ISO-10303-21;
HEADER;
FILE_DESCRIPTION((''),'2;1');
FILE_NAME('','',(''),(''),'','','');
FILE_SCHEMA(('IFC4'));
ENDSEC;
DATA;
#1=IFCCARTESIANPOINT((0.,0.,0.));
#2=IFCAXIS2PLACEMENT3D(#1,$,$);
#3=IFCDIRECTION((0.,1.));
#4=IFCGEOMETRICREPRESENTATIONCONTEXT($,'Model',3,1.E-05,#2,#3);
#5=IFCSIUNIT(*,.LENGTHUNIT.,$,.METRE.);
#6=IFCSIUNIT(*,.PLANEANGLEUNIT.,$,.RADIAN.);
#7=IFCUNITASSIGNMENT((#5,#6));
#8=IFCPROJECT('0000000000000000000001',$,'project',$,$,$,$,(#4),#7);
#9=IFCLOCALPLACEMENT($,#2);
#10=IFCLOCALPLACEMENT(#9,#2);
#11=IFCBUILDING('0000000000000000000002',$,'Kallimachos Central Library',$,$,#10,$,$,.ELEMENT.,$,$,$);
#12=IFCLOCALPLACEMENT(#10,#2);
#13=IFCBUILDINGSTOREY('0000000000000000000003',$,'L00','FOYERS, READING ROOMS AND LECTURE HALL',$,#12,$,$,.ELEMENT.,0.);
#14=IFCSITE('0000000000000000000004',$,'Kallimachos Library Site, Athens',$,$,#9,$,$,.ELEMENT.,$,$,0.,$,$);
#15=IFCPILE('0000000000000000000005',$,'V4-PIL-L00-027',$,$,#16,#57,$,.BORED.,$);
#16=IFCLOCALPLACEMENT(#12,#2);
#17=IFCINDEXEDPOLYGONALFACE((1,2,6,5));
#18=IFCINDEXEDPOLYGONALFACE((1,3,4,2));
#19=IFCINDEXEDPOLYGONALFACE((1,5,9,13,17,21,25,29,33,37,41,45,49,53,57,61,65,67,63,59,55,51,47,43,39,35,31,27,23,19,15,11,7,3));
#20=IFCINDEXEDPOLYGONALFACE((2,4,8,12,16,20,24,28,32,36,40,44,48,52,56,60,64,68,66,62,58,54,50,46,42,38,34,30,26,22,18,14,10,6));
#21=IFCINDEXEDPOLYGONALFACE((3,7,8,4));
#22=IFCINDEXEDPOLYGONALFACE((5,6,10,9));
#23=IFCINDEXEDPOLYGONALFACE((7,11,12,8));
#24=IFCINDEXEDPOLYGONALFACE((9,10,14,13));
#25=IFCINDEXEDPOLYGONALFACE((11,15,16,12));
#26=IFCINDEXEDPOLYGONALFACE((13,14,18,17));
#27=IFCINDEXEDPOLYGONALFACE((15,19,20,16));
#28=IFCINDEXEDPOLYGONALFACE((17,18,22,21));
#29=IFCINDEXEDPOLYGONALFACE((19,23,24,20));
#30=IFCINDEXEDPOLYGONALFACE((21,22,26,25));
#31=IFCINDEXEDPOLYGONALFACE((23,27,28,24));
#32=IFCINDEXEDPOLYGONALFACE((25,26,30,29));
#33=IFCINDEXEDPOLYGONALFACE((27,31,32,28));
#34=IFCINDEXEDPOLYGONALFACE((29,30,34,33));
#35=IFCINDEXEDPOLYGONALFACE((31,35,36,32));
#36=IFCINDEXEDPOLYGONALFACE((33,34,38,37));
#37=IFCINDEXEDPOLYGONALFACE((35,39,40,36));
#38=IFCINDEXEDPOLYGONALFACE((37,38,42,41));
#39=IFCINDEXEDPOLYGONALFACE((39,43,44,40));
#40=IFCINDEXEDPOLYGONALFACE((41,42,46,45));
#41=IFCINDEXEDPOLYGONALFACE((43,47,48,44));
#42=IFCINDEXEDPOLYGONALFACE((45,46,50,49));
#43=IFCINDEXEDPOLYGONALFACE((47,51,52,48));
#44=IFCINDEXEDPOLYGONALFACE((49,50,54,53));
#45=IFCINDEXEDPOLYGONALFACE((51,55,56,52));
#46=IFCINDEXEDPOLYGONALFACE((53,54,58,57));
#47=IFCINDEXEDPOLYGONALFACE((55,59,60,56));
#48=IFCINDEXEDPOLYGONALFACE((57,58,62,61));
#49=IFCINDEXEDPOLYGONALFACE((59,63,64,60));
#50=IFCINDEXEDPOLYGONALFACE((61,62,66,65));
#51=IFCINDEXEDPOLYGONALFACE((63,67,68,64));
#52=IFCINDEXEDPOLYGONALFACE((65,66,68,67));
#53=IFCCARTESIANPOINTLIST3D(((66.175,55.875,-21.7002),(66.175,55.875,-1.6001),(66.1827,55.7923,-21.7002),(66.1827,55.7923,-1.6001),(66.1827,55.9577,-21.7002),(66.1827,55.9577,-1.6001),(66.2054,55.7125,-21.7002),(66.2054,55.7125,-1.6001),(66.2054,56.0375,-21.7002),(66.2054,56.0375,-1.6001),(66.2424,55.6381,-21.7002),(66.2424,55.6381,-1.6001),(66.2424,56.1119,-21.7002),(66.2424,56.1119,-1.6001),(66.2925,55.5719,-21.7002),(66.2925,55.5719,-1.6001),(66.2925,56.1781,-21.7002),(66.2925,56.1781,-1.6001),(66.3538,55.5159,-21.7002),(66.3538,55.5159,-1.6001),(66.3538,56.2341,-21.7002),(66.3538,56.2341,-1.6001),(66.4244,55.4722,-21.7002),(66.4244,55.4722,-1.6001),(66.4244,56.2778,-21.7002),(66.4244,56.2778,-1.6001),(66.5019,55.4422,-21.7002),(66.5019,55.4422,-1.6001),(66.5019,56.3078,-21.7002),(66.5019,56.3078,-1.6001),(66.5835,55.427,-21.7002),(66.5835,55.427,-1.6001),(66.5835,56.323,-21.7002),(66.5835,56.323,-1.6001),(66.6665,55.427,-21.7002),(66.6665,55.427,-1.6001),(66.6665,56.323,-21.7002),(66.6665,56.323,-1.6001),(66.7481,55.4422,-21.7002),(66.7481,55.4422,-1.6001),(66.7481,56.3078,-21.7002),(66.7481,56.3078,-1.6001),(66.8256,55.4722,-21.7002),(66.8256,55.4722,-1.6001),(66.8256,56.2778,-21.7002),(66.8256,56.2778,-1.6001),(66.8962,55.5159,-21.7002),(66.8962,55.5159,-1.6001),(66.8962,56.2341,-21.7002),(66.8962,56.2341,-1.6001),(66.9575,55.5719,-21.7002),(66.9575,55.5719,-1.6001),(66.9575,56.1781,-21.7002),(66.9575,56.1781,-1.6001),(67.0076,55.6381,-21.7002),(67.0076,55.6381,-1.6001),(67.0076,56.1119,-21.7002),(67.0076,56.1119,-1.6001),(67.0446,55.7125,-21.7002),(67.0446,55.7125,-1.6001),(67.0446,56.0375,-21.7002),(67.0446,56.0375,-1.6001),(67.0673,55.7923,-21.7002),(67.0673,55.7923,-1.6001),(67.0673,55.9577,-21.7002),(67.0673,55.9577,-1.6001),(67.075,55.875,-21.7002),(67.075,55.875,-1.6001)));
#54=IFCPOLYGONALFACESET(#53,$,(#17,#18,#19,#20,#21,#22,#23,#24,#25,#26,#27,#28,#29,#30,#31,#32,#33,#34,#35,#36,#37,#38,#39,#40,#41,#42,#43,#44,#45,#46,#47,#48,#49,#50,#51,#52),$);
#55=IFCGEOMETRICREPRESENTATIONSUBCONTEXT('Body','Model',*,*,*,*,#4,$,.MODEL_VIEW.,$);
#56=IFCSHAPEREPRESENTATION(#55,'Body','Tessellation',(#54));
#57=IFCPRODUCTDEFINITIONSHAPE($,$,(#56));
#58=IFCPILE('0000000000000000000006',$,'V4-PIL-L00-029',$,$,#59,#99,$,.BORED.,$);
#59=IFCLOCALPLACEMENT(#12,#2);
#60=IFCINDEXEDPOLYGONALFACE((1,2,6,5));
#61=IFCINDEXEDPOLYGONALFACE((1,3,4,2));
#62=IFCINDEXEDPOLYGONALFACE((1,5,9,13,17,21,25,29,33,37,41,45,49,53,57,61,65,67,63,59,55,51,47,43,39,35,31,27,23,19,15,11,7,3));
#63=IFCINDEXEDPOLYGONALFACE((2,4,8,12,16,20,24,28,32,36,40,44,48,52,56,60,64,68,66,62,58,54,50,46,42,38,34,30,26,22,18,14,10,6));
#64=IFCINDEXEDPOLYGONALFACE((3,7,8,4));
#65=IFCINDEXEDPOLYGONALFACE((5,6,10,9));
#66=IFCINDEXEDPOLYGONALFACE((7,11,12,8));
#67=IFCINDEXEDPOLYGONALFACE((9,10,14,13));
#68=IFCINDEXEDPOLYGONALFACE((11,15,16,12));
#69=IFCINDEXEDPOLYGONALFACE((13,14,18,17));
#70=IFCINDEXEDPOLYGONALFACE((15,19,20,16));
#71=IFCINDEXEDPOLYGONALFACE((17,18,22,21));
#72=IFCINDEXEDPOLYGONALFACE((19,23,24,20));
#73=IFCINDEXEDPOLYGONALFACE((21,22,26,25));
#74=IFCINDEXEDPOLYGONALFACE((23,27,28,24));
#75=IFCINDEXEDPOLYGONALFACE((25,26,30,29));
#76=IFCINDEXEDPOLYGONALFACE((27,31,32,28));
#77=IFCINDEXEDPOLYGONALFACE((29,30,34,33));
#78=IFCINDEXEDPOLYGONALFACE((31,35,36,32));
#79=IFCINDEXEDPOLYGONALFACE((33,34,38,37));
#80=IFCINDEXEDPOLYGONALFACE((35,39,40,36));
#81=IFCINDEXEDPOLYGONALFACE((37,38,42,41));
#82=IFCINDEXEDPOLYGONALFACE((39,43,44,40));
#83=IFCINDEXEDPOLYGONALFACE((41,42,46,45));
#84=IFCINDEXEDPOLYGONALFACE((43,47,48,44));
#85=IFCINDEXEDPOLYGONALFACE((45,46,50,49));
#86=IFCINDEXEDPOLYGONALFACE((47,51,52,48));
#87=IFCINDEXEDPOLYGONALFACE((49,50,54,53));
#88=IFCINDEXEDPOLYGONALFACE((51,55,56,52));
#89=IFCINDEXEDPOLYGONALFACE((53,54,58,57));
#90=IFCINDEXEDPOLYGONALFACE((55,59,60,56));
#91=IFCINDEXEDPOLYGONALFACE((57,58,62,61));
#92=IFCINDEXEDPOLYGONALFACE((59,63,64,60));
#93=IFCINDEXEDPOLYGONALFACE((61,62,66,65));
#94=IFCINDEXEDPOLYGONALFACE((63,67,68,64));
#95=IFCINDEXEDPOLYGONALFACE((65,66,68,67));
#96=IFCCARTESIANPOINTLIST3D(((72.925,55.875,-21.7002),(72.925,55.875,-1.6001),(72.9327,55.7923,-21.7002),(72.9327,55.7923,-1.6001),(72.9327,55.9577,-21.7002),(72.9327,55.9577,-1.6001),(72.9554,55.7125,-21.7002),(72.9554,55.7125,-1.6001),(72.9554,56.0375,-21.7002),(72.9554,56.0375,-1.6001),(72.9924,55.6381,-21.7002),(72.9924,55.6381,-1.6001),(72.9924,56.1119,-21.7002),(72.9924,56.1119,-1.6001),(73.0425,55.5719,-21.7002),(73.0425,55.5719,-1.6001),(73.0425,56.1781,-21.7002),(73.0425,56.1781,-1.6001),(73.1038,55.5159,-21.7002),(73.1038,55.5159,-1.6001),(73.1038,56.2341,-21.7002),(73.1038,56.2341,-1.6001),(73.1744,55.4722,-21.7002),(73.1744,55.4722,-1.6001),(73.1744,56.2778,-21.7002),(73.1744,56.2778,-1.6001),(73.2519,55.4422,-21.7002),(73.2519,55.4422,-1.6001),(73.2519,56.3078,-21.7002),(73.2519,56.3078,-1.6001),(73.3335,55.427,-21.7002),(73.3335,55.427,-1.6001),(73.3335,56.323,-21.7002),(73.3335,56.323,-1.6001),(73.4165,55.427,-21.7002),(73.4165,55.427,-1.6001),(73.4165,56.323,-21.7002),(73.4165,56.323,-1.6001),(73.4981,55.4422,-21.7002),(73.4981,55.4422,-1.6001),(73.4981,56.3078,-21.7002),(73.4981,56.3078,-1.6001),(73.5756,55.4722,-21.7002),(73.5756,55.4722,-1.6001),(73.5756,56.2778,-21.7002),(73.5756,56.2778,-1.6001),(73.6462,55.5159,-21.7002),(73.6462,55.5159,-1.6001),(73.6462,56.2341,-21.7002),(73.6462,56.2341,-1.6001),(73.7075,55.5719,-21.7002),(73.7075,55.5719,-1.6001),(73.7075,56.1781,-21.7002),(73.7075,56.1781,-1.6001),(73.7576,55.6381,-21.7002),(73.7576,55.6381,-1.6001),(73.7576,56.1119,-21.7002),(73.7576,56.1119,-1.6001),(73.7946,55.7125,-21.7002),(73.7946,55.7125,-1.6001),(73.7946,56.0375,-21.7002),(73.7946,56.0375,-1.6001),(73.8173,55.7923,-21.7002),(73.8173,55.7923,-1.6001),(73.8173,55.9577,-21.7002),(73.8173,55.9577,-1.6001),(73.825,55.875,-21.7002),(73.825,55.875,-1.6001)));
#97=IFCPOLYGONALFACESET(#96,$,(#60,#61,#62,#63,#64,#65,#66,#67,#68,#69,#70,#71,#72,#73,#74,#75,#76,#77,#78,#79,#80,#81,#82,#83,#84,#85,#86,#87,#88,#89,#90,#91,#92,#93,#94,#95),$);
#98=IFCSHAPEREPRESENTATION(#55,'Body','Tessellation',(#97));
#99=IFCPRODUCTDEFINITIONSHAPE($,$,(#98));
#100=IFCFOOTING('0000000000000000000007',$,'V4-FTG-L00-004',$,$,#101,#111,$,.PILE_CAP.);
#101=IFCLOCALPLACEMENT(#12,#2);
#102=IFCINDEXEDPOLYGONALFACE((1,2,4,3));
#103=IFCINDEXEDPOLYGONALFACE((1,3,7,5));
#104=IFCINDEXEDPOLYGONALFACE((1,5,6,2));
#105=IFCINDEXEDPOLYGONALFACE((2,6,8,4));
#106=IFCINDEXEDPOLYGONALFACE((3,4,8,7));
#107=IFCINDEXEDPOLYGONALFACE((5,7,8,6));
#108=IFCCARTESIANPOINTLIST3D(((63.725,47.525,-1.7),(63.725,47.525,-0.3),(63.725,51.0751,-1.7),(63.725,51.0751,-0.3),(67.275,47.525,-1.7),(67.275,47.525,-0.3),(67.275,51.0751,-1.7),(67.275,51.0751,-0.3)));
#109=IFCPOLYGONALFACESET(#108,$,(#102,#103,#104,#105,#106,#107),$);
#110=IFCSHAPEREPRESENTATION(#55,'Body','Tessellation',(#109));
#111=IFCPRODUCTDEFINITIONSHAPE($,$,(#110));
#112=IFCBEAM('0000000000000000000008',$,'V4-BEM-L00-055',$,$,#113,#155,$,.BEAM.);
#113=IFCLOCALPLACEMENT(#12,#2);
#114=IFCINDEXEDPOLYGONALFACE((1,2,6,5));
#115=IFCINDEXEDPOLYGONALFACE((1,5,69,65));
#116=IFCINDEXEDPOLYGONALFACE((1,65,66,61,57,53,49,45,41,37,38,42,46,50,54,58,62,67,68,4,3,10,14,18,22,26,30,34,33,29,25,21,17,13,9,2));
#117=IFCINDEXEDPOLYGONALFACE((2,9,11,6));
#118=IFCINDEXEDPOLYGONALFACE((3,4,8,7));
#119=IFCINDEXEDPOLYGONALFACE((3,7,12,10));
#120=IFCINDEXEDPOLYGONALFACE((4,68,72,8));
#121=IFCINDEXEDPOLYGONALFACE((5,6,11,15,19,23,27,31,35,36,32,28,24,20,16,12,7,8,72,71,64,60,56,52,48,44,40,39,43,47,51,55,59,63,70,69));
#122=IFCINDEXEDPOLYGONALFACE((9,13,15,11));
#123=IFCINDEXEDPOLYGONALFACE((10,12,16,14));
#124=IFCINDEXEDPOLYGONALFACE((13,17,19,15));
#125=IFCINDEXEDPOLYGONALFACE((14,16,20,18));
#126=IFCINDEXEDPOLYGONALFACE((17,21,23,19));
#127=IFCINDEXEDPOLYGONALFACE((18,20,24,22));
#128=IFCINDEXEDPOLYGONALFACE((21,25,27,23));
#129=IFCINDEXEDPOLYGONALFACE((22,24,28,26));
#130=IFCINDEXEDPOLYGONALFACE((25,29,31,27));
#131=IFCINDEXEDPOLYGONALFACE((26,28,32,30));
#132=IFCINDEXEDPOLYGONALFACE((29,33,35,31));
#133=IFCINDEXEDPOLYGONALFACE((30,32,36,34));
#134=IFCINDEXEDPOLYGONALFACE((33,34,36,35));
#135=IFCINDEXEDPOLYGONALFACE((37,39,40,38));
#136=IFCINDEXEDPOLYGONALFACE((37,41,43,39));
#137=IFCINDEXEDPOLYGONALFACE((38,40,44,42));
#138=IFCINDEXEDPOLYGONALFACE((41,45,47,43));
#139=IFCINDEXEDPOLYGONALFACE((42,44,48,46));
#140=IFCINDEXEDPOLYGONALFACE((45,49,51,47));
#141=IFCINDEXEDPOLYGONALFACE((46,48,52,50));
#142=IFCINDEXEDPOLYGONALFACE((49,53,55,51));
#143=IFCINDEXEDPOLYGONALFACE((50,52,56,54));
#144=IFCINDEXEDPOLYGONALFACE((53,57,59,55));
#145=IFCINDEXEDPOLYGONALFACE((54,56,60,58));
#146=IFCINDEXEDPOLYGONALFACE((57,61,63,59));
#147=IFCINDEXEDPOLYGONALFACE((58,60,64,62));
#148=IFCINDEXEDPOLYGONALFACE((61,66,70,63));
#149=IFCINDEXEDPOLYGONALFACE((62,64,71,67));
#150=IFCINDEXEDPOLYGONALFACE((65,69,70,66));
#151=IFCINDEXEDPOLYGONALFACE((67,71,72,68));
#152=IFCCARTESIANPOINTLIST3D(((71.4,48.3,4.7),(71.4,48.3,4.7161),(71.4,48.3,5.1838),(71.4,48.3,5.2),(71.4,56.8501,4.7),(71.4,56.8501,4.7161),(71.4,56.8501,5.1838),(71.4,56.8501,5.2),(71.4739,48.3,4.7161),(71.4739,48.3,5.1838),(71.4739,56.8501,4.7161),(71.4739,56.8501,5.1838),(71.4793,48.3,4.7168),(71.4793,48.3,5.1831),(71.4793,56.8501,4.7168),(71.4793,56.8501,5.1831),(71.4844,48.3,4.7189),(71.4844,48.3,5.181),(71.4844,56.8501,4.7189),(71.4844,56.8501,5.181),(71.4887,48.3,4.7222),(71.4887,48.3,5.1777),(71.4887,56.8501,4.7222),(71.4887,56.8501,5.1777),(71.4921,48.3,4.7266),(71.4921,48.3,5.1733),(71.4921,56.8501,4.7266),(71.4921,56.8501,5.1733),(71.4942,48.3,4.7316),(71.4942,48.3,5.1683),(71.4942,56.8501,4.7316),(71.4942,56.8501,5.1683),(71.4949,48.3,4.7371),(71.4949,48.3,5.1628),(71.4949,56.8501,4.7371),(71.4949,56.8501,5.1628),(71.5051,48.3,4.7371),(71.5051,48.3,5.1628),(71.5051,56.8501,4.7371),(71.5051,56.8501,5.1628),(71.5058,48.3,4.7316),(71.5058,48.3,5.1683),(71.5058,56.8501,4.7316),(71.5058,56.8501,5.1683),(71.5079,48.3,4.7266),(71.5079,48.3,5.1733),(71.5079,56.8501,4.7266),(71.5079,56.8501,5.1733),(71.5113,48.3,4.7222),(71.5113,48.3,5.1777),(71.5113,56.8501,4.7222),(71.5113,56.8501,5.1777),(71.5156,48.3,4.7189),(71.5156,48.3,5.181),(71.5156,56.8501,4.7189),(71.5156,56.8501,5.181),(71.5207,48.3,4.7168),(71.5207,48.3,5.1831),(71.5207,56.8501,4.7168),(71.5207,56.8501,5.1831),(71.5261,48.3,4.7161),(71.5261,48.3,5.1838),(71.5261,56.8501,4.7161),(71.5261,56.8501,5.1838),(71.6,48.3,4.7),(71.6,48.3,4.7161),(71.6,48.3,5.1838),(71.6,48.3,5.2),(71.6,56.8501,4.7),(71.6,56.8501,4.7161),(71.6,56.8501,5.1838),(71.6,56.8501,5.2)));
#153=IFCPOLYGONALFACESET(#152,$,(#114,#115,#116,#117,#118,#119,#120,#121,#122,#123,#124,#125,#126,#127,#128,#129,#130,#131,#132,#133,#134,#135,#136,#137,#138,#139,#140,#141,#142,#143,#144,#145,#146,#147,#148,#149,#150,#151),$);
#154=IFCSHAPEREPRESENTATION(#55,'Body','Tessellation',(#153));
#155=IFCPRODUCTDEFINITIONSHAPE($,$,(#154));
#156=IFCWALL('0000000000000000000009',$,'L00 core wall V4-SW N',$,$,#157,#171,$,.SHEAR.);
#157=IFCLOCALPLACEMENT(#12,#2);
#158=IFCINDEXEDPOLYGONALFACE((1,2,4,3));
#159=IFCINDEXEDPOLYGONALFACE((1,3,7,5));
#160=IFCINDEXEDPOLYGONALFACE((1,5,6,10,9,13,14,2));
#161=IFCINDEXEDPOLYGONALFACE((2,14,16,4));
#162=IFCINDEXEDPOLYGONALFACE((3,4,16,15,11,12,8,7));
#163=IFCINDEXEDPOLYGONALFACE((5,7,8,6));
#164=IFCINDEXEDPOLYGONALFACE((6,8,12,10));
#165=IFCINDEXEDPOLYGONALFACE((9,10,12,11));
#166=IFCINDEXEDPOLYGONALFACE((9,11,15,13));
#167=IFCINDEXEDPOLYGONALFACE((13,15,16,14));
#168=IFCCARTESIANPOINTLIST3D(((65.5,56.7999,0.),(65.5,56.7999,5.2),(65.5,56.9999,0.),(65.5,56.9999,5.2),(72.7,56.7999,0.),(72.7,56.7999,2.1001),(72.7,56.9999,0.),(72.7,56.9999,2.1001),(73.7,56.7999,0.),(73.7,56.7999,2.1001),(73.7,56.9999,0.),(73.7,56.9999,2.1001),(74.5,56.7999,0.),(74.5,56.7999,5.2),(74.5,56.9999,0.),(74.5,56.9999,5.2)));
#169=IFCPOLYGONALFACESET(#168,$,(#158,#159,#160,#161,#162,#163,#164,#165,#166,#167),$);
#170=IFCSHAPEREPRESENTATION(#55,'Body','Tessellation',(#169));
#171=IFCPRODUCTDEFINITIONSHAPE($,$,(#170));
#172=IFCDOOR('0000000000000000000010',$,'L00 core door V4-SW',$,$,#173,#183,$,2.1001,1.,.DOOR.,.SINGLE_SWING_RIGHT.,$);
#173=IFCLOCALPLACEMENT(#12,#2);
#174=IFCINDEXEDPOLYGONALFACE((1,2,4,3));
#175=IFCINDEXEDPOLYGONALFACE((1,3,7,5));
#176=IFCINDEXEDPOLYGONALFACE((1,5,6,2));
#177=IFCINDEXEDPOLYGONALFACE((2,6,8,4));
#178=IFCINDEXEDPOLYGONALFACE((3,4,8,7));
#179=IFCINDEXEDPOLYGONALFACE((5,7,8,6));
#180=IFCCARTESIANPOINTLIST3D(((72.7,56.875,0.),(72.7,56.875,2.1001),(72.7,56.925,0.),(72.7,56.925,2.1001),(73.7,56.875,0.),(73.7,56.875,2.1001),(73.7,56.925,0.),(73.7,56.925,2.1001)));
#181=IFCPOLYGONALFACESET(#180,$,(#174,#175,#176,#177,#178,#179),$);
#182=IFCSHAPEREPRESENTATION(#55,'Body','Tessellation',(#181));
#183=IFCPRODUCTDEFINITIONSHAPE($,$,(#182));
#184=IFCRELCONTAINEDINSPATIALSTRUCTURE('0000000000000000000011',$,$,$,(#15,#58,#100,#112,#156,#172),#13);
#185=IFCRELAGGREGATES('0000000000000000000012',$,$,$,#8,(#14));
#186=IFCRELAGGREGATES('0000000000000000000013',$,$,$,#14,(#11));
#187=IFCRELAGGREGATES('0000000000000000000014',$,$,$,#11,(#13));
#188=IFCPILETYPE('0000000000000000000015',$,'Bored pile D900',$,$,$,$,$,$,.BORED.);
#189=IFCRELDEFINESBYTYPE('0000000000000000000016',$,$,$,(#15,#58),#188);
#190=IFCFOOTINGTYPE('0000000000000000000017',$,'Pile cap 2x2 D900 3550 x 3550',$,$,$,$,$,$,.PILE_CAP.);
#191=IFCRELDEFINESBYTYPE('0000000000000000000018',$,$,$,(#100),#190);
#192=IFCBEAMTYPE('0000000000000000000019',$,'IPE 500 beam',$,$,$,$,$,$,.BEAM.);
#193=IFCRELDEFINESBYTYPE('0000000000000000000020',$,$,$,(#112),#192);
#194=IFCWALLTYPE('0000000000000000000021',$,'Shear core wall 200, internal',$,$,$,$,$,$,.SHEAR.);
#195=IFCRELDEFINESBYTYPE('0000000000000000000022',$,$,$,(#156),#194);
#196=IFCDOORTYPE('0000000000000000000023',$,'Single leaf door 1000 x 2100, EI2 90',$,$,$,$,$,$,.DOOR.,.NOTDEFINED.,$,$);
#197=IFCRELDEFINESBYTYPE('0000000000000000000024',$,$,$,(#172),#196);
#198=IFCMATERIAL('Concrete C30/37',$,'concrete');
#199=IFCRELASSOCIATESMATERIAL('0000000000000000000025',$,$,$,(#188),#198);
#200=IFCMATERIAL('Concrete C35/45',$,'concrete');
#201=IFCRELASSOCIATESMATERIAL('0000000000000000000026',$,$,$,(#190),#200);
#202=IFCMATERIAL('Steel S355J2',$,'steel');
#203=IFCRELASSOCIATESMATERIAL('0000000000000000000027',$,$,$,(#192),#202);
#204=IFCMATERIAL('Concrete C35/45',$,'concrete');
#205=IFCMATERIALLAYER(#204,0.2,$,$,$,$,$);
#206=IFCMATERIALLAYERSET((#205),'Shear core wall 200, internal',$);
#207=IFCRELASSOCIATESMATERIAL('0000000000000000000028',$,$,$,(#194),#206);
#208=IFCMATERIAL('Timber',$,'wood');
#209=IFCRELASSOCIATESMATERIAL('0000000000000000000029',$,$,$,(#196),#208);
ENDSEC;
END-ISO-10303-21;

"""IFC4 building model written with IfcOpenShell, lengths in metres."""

from ifc_helpers import new_model, si_unit, direction, frame, frame_2d, origin, origin_2d, place, context, subcontext, project, spatial, rectangle, circle, i_section, extrude, material, layer, layer_set, material_profile, profile_set, type_object, element, fill, save


model = new_model("IFC4")

# Units and contexts
model_context = context("Model", 3, precision=1e-05, world=origin(), true_north=direction((0.0, 1.0)))
body_context = subcontext(model_context, "Body", "Model", "MODEL_VIEW")
ifc_project = project(units=[si_unit("LENGTHUNIT", "METRE"), si_unit("PLANEANGLEUNIT", "RADIAN")], contexts=[model_context])

# Site, building, storey
site_placement = place(None, origin())
site = spatial("IfcSite", under=ifc_project, at=site_placement, Name="Kallimachos Library Site, Athens", CompositionType="ELEMENT", RefElevation=0.0)
building_placement = place(site_placement, origin())
building = spatial("IfcBuilding", under=site, at=building_placement, Name="Kallimachos Central Library", CompositionType="ELEMENT")
storey_placement = place(building_placement, origin())
storey = spatial("IfcBuildingStorey", under=building, at=storey_placement, Name="L00", Description="FOYERS, READING ROOMS AND LECTURE HALL", CompositionType="ELEMENT", Elevation=0.0)

# Piles
ifc_material_1 = material(Name="Concrete C30/37", Category="concrete")
pile_type = type_object("IfcPileType", Name="Bored pile D900", PredefinedType="BORED", material=ifc_material_1)
for number, where, z_axis, x_axis, name in (
    (1, (66.625, 55.875, -1.6001), (0.0, 0.0, -1.0), (1.0, 0.0, 0.0), "V4-PIL-L00-027"),
    (2, (73.375, 55.875, -1.6001), (0.0, 0.0, -1.0), (1.0, 0.0, 0.0), "V4-PIL-L00-029"),
):
    element("IfcPile", number, at=place(storey_placement, frame(where, z_axis=z_axis, x_axis=x_axis)), inside=storey, type_object=pile_type, Name=name, PredefinedType="BORED", context=body_context, shape_type="SweptSolid", body=[
        extrude(circle(Radius=0.45, at=origin_2d()), origin(), (0.0, 0.0, 1.0), 20.1001),
    ])

# Footing
ifc_material_2 = material(Name="Concrete C35/45", Category="concrete")
footing_type = type_object("IfcFootingType", Name="Pile cap 2x2 D900 3550 x 3550", PredefinedType="PILE_CAP", material=ifc_material_2)
footing_placement = place(storey_placement, frame((65.5, 49.3, -1.7), z_axis=(0.0, 0.0, 1.0), x_axis=(1.0, 0.0, 0.0)))
element("IfcFooting", 3, at=footing_placement, inside=storey, type_object=footing_type, Name="V4-FTG-L00-004", PredefinedType="PILE_CAP", context=body_context, shape_type="SweptSolid", body=[
    extrude(rectangle(XDim=3.55, YDim=3.55, at=origin_2d()), origin(), (0.0, 0.0, 1.0), 1.3999),
])

# Beam
ifc_material_3 = material(Name="Steel S355J2", Category="steel")
ifc_material_profile = material_profile(ifc_material_3, i_section(OverallWidth=0.2, OverallDepth=0.5, WebThickness=0.0103, FlangeThickness=0.0161, FilletRadius=0.021, at=origin_2d()), Name="IPE 500")
ifc_profile_set = profile_set([ifc_material_profile], Name="Steel S355J2")
beam_type = type_object("IfcBeamType", Name="IPE 500 beam", PredefinedType="BEAM", material=ifc_profile_set)
beam_placement = place(storey_placement, frame((71.5, 48.3, 4.95), z_axis=(0.0, 1.0, 0.0), x_axis=(-1.0, 0.0, 0.0)))
element("IfcBeam", 4, at=beam_placement, inside=storey, type_object=beam_type, Name="V4-BEM-L00-055", PredefinedType="BEAM", context=body_context, shape_type="SweptSolid", body=[
    extrude(i_section(OverallWidth=0.2, OverallDepth=0.5, WebThickness=0.0103, FlangeThickness=0.0161, FilletRadius=0.021, at=origin_2d()), origin(), (0.0, 0.0, 1.0), 8.55),
])

# Wall, opening, door
ifc_material_4 = material(Name="Concrete C35/45", Category="concrete")
ifc_layer_1 = layer(ifc_material_4, 0.2)
ifc_layer_set_1 = layer_set([ifc_layer_1], Name="Shear core wall 200, internal")
wall_type_1 = type_object("IfcWallType", Name="Shear core wall 200, internal", PredefinedType="SHEAR", material=ifc_layer_set_1)
wall_1_placement = place(storey_placement, frame((65.5, 56.8999, 0.0), z_axis=(0.0, 0.0, 1.0), x_axis=(1.0, 0.0, 0.0)))
wall_1 = element("IfcWall", 5, at=wall_1_placement, inside=storey, type_object=wall_type_1, Name="L00 core wall V4-SW N", PredefinedType="SHEAR", context=body_context, shape_type="SweptSolid", body=[
    extrude(rectangle(XDim=9.0, YDim=0.2, at=frame_2d((4.5, 0.0))), origin(), (0.0, 0.0, 1.0), 5.2),
])
opening_1_placement = place(wall_1_placement, frame((7.2, 0.0, 0.0)))
opening_1 = element("IfcOpeningElement", 6, at=opening_1_placement, cuts=wall_1, PredefinedType="OPENING", context=body_context, shape_type="SweptSolid", body=[
    extrude(rectangle(XDim=1.0, YDim=2.1001, at=frame_2d((0.5, 1.05))), frame((0.0, 0.1099, 0.0), z_axis=(0.0, -1.0, 0.0), x_axis=(1.0, 0.0, 0.0)), (0.0, 0.0, 1.0), 0.22),
])
ifc_material_5 = material(Name="Timber", Category="wood")
door_type = type_object("IfcDoorType", Name="Single leaf door 1000 x 2100, EI2 90", OperationType="NOTDEFINED", PredefinedType="DOOR", material=ifc_material_5)
door_placement = place(opening_1_placement, frame((1.0, 0.0, 0.0), z_axis=(0.0, 0.0, 1.0), x_axis=(-1.0, 0.0, 0.0)))
door = element("IfcDoor", 7, at=door_placement, inside=storey, type_object=door_type, Name="L00 core door V4-SW", OperationType="SINGLE_SWING_RIGHT", OverallHeight=2.1001, OverallWidth=1.0, PredefinedType="DOOR", context=body_context, shape_type="SweptSolid", body=[
    extrude(rectangle(XDim=1.0, YDim=2.1001, at=frame_2d((0.5, 1.05))), frame((0.0, 0.0249, 0.0), z_axis=(0.0, -1.0, 0.0), x_axis=(1.0, 0.0, 0.0)), (0.0, 0.0, 1.0), 0.05),
])
fill(opening_1, door)

save(model, "model.ifc")
